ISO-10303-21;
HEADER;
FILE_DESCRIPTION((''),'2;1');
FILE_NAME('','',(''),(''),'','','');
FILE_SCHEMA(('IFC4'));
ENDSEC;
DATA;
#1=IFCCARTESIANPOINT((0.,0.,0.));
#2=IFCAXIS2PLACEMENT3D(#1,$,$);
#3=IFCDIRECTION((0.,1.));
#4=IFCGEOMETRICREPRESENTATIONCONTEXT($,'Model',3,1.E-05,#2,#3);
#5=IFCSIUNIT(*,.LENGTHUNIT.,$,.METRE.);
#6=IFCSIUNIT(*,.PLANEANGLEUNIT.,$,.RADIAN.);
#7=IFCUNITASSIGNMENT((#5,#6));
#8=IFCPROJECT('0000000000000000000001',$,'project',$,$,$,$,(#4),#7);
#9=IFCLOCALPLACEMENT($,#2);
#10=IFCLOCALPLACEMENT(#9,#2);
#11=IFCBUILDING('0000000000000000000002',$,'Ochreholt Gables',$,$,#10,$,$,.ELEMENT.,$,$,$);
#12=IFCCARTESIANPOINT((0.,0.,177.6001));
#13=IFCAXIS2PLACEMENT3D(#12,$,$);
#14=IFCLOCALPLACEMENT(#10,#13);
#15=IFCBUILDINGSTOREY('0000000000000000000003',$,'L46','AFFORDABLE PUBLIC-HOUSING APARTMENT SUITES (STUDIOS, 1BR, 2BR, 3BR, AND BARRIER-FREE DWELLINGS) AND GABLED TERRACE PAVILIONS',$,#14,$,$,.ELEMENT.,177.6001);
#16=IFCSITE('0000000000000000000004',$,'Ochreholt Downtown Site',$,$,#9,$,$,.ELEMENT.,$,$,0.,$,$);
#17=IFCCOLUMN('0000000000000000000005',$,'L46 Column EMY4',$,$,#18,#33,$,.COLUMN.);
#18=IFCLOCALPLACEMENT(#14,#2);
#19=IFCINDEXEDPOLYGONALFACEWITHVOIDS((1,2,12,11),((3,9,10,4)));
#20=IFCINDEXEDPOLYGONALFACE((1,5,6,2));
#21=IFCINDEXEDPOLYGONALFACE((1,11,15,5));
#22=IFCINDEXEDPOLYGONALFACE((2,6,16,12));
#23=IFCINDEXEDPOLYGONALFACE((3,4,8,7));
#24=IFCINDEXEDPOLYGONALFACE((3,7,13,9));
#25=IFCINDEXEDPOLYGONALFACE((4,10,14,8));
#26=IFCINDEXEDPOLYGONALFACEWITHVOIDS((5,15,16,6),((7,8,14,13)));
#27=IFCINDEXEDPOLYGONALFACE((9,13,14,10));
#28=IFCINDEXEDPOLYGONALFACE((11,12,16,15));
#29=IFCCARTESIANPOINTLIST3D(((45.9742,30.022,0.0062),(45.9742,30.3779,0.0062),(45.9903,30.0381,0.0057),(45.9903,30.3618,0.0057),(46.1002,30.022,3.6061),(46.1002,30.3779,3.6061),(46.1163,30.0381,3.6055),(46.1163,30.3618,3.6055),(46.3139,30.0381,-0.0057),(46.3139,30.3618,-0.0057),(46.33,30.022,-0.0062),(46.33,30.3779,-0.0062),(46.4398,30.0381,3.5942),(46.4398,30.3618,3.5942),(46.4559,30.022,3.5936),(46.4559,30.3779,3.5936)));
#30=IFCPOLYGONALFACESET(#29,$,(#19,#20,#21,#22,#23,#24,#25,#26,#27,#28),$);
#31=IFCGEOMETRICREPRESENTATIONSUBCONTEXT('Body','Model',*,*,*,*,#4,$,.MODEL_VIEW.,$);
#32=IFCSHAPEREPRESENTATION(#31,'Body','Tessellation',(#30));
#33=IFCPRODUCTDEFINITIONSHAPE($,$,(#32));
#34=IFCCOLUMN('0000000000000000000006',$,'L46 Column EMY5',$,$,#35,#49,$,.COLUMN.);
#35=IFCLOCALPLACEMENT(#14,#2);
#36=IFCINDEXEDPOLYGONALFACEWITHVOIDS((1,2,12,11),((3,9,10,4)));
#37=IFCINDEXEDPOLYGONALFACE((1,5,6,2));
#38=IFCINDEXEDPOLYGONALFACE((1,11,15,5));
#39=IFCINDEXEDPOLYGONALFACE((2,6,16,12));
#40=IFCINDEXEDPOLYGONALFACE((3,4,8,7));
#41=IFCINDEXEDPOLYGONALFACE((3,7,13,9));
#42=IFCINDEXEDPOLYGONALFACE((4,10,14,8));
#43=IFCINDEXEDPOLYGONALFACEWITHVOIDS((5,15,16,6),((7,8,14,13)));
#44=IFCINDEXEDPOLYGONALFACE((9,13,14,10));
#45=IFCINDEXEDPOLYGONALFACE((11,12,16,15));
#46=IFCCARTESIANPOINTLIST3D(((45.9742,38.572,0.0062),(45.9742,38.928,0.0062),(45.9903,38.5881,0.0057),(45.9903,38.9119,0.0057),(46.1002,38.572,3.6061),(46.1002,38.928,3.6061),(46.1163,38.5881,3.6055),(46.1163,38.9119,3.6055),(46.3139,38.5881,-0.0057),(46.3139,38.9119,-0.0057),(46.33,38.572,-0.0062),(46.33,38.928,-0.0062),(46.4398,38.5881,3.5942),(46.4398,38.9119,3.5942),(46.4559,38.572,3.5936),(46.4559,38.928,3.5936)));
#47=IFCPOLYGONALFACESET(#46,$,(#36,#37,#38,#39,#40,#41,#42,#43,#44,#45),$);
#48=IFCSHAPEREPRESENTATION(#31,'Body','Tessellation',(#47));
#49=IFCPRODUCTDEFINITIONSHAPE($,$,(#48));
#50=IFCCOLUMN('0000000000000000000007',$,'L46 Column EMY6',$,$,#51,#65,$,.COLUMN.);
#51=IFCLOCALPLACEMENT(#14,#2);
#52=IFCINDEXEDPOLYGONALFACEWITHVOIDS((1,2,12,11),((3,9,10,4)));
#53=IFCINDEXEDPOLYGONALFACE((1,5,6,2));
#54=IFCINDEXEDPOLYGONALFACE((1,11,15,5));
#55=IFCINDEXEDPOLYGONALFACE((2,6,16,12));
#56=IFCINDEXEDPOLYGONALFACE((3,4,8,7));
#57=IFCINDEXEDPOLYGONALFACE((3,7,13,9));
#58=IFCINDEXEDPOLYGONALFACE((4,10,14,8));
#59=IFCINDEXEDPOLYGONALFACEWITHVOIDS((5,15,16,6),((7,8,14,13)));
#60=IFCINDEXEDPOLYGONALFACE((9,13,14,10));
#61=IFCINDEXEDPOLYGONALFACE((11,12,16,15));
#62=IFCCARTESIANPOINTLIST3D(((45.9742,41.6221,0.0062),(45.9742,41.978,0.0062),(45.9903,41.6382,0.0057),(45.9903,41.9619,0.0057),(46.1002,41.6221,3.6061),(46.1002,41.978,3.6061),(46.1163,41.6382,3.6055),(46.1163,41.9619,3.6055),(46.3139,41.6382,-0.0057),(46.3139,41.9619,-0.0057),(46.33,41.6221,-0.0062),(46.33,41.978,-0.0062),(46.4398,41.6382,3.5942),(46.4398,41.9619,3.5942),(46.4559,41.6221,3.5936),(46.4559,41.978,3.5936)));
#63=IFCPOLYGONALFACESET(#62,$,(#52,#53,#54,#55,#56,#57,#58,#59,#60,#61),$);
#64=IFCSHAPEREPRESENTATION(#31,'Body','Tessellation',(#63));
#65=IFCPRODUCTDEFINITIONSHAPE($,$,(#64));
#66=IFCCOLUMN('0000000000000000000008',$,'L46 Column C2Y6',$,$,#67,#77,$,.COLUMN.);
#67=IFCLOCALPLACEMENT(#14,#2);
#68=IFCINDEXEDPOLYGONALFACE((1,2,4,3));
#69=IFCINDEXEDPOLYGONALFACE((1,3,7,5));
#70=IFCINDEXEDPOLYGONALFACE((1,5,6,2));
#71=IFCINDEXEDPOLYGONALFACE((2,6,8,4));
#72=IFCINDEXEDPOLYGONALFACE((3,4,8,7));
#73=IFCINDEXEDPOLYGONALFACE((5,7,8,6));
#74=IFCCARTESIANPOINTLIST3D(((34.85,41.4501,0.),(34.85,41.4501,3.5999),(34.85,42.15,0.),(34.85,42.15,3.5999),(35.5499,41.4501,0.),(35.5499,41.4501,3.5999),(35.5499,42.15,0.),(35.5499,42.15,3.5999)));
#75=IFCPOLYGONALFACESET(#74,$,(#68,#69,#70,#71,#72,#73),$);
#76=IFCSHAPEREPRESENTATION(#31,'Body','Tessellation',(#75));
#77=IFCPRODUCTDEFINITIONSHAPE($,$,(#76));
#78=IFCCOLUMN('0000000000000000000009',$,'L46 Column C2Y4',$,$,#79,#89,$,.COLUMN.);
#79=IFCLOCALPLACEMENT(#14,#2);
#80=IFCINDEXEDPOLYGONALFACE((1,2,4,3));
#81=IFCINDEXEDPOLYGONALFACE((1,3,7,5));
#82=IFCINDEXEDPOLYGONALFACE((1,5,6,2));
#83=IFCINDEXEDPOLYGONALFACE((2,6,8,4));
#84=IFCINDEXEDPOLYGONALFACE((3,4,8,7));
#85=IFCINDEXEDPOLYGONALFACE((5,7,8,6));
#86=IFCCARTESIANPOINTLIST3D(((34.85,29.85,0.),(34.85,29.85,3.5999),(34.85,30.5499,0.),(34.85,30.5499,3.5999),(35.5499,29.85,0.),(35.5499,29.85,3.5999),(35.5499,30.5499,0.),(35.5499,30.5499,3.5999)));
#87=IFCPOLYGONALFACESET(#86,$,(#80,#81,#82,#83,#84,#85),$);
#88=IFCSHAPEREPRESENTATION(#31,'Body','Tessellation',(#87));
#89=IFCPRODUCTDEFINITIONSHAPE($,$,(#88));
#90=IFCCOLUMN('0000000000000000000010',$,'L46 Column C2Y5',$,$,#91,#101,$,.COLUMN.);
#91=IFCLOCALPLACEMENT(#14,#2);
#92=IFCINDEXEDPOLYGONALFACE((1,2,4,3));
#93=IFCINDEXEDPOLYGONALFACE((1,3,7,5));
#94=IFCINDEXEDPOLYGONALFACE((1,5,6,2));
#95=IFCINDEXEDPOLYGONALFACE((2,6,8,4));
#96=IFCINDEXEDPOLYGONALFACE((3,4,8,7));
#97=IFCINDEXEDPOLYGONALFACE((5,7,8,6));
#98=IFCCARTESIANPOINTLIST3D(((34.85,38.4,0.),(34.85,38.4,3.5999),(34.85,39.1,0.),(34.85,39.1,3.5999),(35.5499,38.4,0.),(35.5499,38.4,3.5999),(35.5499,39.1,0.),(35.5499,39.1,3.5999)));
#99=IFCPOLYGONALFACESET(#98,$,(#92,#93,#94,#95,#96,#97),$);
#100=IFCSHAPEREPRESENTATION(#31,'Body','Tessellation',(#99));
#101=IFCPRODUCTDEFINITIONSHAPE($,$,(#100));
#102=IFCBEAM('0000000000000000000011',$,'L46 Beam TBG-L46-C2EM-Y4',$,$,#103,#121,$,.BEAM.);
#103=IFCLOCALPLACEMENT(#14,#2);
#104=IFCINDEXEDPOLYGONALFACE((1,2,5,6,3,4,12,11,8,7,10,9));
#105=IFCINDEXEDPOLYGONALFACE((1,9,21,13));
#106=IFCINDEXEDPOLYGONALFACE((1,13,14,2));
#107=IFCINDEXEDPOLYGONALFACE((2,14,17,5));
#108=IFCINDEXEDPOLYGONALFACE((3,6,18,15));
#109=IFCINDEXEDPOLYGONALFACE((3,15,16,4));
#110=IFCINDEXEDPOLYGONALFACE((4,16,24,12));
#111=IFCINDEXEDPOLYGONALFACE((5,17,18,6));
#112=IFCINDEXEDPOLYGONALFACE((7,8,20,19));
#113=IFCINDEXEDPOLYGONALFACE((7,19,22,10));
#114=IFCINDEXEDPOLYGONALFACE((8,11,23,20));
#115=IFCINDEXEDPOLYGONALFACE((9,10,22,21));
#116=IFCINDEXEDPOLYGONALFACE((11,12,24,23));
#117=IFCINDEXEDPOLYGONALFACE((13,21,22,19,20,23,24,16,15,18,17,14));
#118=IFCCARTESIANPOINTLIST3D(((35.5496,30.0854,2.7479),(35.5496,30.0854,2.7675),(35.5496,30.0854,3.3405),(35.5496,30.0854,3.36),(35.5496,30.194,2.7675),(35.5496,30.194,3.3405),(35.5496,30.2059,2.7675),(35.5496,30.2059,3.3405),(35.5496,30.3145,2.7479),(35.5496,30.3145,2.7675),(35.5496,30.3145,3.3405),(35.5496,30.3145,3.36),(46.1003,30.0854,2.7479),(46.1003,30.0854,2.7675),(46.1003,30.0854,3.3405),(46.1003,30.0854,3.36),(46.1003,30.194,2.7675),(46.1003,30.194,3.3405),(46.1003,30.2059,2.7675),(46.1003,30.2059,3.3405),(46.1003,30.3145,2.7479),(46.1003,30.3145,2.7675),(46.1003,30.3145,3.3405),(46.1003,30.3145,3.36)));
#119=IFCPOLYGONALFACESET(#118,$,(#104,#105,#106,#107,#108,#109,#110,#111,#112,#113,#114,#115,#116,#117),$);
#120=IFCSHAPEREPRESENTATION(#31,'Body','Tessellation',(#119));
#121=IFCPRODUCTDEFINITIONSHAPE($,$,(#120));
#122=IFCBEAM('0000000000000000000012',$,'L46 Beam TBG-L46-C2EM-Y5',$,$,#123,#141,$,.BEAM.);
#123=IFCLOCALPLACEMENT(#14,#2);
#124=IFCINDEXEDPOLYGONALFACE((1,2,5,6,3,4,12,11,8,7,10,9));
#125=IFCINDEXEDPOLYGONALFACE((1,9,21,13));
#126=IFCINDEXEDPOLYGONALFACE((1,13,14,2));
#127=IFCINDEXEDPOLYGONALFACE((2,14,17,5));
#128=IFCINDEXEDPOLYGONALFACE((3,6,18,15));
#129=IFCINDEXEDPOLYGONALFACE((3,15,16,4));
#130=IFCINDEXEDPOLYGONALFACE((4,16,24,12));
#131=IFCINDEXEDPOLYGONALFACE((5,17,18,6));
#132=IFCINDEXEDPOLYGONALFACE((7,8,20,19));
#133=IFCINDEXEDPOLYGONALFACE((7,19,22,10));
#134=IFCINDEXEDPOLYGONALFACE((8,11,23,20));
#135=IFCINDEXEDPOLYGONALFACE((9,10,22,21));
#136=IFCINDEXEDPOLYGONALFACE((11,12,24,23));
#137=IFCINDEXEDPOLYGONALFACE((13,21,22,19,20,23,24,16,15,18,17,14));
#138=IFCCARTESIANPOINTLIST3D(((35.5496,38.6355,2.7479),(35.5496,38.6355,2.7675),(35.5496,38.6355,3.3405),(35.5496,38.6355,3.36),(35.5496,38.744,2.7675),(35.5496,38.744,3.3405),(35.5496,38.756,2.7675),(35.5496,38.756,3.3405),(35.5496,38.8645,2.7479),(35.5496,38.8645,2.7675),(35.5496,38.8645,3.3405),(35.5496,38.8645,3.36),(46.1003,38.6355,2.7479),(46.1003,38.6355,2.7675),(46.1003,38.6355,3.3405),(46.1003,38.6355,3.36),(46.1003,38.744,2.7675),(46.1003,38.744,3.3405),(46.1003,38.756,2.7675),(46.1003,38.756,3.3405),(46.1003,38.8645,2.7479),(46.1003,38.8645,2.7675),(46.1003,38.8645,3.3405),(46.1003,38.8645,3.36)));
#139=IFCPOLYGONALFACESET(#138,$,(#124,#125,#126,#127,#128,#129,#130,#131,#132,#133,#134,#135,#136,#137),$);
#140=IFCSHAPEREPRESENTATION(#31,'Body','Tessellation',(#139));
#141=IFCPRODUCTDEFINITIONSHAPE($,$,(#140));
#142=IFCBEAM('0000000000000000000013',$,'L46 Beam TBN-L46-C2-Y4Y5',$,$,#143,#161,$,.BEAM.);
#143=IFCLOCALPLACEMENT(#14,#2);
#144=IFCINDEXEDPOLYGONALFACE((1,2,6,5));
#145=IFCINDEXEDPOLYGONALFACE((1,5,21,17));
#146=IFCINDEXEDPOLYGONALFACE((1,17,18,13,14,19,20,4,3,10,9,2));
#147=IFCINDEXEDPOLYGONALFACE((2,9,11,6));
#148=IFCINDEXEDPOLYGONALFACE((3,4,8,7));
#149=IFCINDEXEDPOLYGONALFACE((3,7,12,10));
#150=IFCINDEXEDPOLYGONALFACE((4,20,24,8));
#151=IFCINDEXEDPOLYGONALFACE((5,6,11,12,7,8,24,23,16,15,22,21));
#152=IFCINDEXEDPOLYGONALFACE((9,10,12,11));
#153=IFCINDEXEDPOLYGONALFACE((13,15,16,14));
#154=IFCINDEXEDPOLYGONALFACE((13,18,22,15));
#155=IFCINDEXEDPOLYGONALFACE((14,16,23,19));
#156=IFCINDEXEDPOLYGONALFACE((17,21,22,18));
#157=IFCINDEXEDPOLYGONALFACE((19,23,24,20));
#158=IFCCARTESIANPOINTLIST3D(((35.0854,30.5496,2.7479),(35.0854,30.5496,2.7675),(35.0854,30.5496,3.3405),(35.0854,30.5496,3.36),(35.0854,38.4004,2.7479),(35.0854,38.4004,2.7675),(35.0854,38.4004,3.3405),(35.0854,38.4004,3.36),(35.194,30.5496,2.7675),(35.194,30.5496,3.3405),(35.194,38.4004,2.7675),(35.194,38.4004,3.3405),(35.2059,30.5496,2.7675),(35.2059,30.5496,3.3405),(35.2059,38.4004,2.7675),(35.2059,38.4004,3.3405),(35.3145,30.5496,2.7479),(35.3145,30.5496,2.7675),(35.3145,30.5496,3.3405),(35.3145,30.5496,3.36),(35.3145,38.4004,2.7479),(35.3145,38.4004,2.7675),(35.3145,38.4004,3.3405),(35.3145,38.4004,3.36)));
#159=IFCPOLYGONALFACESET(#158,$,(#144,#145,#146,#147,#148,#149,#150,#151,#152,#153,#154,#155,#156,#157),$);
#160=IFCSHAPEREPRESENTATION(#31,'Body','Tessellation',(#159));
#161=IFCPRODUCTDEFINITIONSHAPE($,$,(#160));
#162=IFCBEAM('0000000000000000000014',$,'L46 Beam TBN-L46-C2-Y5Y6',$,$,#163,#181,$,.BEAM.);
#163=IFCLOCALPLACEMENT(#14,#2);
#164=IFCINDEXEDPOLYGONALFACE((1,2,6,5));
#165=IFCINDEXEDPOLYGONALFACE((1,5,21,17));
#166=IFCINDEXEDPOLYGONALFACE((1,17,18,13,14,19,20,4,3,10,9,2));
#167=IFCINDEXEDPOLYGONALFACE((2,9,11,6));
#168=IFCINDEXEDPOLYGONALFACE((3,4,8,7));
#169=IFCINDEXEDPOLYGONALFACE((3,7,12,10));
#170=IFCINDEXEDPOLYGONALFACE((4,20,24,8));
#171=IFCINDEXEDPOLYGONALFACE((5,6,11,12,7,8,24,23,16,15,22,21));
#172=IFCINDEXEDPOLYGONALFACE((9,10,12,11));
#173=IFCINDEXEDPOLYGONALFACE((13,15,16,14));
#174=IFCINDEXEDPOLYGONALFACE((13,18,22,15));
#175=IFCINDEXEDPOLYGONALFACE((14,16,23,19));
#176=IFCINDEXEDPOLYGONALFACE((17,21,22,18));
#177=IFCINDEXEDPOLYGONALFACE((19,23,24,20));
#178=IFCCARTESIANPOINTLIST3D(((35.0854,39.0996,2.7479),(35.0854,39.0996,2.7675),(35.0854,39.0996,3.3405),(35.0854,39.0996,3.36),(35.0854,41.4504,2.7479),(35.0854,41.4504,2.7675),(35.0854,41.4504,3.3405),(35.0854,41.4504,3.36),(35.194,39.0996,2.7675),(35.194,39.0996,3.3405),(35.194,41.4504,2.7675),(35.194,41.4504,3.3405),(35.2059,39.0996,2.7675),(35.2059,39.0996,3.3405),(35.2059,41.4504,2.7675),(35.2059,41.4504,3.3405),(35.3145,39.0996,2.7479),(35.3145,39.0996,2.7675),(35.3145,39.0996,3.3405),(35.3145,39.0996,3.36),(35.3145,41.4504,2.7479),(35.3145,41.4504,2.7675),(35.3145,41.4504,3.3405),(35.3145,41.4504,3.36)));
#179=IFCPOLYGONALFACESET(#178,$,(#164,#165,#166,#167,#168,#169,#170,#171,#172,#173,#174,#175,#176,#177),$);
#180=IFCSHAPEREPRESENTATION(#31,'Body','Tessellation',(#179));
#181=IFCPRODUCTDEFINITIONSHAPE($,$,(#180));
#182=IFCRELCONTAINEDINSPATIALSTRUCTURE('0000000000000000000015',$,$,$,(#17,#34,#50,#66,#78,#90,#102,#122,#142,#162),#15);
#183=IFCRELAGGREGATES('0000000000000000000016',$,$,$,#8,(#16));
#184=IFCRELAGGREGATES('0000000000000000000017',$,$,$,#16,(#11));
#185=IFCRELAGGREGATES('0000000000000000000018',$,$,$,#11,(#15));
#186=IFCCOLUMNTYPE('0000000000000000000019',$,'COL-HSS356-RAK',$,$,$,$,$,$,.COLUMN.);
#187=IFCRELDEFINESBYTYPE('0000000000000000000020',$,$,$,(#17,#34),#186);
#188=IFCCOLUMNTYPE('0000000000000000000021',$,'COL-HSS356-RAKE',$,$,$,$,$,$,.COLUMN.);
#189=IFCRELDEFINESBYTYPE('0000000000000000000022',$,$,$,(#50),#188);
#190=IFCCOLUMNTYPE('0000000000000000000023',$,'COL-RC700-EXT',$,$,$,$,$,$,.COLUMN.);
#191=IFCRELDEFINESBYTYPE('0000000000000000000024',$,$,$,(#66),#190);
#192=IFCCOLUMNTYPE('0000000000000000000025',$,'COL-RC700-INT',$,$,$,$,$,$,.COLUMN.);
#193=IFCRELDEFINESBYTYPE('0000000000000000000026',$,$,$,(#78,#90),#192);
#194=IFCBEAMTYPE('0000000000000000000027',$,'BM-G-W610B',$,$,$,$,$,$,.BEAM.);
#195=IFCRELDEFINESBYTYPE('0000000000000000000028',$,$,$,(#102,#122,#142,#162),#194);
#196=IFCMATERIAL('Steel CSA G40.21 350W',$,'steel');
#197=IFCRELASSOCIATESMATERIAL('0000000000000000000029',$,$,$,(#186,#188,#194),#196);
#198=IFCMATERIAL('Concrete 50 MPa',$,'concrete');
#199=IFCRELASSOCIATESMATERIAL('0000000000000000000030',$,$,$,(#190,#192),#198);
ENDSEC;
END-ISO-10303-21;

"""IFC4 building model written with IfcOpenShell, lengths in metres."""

from ifc_helpers import new_model, si_unit, direction, frame, origin, origin_2d, place, context, subcontext, project, spatial, rectangle, hollow_rectangle, i_section, extrude, material, material_profile, profile_set, type_object, element, save


model = new_model("IFC4")

# Units and contexts
model_context = context("Model", 3, precision=1e-05, world=origin(), true_north=direction((0.0, 1.0)))
body_context = subcontext(model_context, "Body", "Model", "MODEL_VIEW")
ifc_project = project(units=[si_unit("LENGTHUNIT", "METRE"), si_unit("PLANEANGLEUNIT", "RADIAN")], contexts=[model_context])

# Site, building, storey
site_placement = place(None, origin())
site = spatial("IfcSite", under=ifc_project, at=site_placement, Name="Ochreholt Downtown Site", CompositionType="ELEMENT", RefElevation=0.0)
building_placement = place(site_placement, origin())
building = spatial("IfcBuilding", under=site, at=building_placement, Name="Ochreholt Gables", CompositionType="ELEMENT")
storey_placement = place(building_placement, frame((0.0, 0.0, 177.6001)))
storey = spatial("IfcBuildingStorey", under=building, at=storey_placement, Name="L46", Description="AFFORDABLE PUBLIC-HOUSING APARTMENT SUITES (STUDIOS, 1BR, 2BR, 3BR, AND BARRIER-FREE DWELLINGS) AND GABLED TERRACE PAVILIONS", CompositionType="ELEMENT", Elevation=177.6001)

# Columns
ifc_material_1 = material(Name="Steel CSA G40.21 350W", Category="steel")
ifc_material_profile_1 = material_profile(ifc_material_1, hollow_rectangle(XDim=0.356, YDim=0.356, WallThickness=0.0161, at=origin_2d()), Name="HSS356X356X16")
ifc_profile_set_1 = profile_set([ifc_material_profile_1], Name="Steel CSA G40.21 350W")
column_type_1 = type_object("IfcColumnType", Name="COL-HSS356-RAK", PredefinedType="COLUMN", material=ifc_profile_set_1)
for number, where, z_axis, x_axis, name in (
    (1, (46.1521, 30.2, 0.0), (0.034974, 0.0, 0.999388), (0.0, 1.0, 0.0), "L46 Column EMY4"),
    (2, (46.1521, 38.75, 0.0), (0.034974, 0.0, 0.999388), (0.0, 1.0, 0.0), "L46 Column EMY5"),
):
    element("IfcColumn", number, at=place(storey_placement, frame(where, z_axis=z_axis, x_axis=x_axis)), inside=storey, type_object=column_type_1, Name=name, PredefinedType="COLUMN", context=body_context, shape_type="SweptSolid", body=[
        extrude(hollow_rectangle(XDim=0.356, YDim=0.356, WallThickness=0.0161, at=origin_2d()), origin(), (0.0, 0.0, 1.0), 3.6021),
    ])
ifc_material_profile_2 = material_profile(ifc_material_1, hollow_rectangle(XDim=0.356, YDim=0.356, WallThickness=0.0161, at=origin_2d()), Name="HSS356X356X16")
ifc_profile_set_2 = profile_set([ifc_material_profile_2], Name="Steel CSA G40.21 350W")
column_type_2 = type_object("IfcColumnType", Name="COL-HSS356-RAKE", PredefinedType="COLUMN", material=ifc_profile_set_2)
column_1_placement = place(storey_placement, frame((46.1521, 41.8, 0.0), z_axis=(0.034974, 0.0, 0.999388), x_axis=(0.0, 1.0, 0.0)))
element("IfcColumn", 3, at=column_1_placement, inside=storey, type_object=column_type_2, Name="L46 Column EMY6", PredefinedType="COLUMN", context=body_context, shape_type="SweptSolid", body=[
    extrude(hollow_rectangle(XDim=0.356, YDim=0.356, WallThickness=0.0161, at=origin_2d()), origin(), (0.0, 0.0, 1.0), 3.6021),
])
ifc_material_2 = material(Name="Concrete 50 MPa", Category="concrete")
ifc_material_profile_3 = material_profile(ifc_material_2, rectangle(XDim=0.7, YDim=0.7, at=origin_2d()), Name="RC700X700")
ifc_profile_set_3 = profile_set([ifc_material_profile_3], Name="Concrete 50 MPa")
column_type_3 = type_object("IfcColumnType", Name="COL-RC700-EXT", PredefinedType="COLUMN", material=ifc_profile_set_3)
column_2_placement = place(storey_placement, frame((35.2, 41.8, 0.0), z_axis=(0.0, 0.0, 1.0), x_axis=(1.0, 0.0, 0.0)))
element("IfcColumn", 4, at=column_2_placement, inside=storey, type_object=column_type_3, Name="L46 Column C2Y6", PredefinedType="COLUMN", context=body_context, shape_type="SweptSolid", body=[
    extrude(rectangle(XDim=0.7, YDim=0.7, at=origin_2d()), origin(), (0.0, 0.0, 1.0), 3.5999),
])
ifc_material_profile_4 = material_profile(ifc_material_2, rectangle(XDim=0.7, YDim=0.7, at=origin_2d()), Name="RC700X700")
ifc_profile_set_4 = profile_set([ifc_material_profile_4], Name="Concrete 50 MPa")
column_type_4 = type_object("IfcColumnType", Name="COL-RC700-INT", PredefinedType="COLUMN", material=ifc_profile_set_4)
for number, where, z_axis, x_axis, name in (
    (5, (35.2, 30.2, 0.0), (0.0, 0.0, 1.0), (1.0, 0.0, 0.0), "L46 Column C2Y4"),
    (6, (35.2, 38.75, 0.0), (0.0, 0.0, 1.0), (1.0, 0.0, 0.0), "L46 Column C2Y5"),
):
    element("IfcColumn", number, at=place(storey_placement, frame(where, z_axis=z_axis, x_axis=x_axis)), inside=storey, type_object=column_type_4, Name=name, PredefinedType="COLUMN", context=body_context, shape_type="SweptSolid", body=[
        extrude(rectangle(XDim=0.7, YDim=0.7, at=origin_2d()), origin(), (0.0, 0.0, 1.0), 3.5999),
    ])

# Beams
ifc_material_profile_5 = material_profile(ifc_material_1, i_section(OverallWidth=0.229, OverallDepth=0.6121, WebThickness=0.012, FlangeThickness=0.0195, at=origin_2d()), Name="W610X125")
ifc_profile_set_5 = profile_set([ifc_material_profile_5], Name="Steel CSA G40.21 350W")
beam_type_1 = type_object("IfcBeamType", Name="BM-G-W610B", PredefinedType="BEAM", material=ifc_profile_set_5)
for number, where, z_axis, x_axis, name in (
    (7, (35.5496, 30.2, 3.054), (1.0, 0.0, 0.0), (0.0, 1.0, 0.0), "L46 Beam TBG-L46-C2EM-Y4"),
    (8, (35.5496, 38.75, 3.054), (1.0, 0.0, 0.0), (0.0, 1.0, 0.0), "L46 Beam TBG-L46-C2EM-Y5"),
):
    element("IfcBeam", number, at=place(storey_placement, frame(where, z_axis=z_axis, x_axis=x_axis)), inside=storey, type_object=beam_type_1, Name=name, PredefinedType="BEAM", context=body_context, shape_type="SweptSolid", body=[
        extrude(i_section(OverallWidth=0.229, OverallDepth=0.6121, WebThickness=0.012, FlangeThickness=0.0195, at=origin_2d()), origin(), (0.0, 0.0, 1.0), 10.5508),
    ])
beam_1_placement = place(storey_placement, frame((35.2, 30.5496, 3.054), z_axis=(0.0, 1.0, 0.0), x_axis=(-1.0, 0.0, 0.0)))
element("IfcBeam", 9, at=beam_1_placement, inside=storey, type_object=beam_type_1, Name="L46 Beam TBN-L46-C2-Y4Y5", PredefinedType="BEAM", context=body_context, shape_type="SweptSolid", body=[
    extrude(i_section(OverallWidth=0.229, OverallDepth=0.6121, WebThickness=0.012, FlangeThickness=0.0195, at=origin_2d()), origin(), (0.0, 0.0, 1.0), 7.8508),
])
beam_2_placement = place(storey_placement, frame((35.2, 39.0996, 3.054), z_axis=(0.0, 1.0, 0.0), x_axis=(-1.0, 0.0, 0.0)))
element("IfcBeam", 10, at=beam_2_placement, inside=storey, type_object=beam_type_1, Name="L46 Beam TBN-L46-C2-Y5Y6", PredefinedType="BEAM", context=body_context, shape_type="SweptSolid", body=[
    extrude(i_section(OverallWidth=0.229, OverallDepth=0.6121, WebThickness=0.012, FlangeThickness=0.0195, at=origin_2d()), origin(), (0.0, 0.0, 1.0), 2.3508),
])

save(model, "model.ifc")
